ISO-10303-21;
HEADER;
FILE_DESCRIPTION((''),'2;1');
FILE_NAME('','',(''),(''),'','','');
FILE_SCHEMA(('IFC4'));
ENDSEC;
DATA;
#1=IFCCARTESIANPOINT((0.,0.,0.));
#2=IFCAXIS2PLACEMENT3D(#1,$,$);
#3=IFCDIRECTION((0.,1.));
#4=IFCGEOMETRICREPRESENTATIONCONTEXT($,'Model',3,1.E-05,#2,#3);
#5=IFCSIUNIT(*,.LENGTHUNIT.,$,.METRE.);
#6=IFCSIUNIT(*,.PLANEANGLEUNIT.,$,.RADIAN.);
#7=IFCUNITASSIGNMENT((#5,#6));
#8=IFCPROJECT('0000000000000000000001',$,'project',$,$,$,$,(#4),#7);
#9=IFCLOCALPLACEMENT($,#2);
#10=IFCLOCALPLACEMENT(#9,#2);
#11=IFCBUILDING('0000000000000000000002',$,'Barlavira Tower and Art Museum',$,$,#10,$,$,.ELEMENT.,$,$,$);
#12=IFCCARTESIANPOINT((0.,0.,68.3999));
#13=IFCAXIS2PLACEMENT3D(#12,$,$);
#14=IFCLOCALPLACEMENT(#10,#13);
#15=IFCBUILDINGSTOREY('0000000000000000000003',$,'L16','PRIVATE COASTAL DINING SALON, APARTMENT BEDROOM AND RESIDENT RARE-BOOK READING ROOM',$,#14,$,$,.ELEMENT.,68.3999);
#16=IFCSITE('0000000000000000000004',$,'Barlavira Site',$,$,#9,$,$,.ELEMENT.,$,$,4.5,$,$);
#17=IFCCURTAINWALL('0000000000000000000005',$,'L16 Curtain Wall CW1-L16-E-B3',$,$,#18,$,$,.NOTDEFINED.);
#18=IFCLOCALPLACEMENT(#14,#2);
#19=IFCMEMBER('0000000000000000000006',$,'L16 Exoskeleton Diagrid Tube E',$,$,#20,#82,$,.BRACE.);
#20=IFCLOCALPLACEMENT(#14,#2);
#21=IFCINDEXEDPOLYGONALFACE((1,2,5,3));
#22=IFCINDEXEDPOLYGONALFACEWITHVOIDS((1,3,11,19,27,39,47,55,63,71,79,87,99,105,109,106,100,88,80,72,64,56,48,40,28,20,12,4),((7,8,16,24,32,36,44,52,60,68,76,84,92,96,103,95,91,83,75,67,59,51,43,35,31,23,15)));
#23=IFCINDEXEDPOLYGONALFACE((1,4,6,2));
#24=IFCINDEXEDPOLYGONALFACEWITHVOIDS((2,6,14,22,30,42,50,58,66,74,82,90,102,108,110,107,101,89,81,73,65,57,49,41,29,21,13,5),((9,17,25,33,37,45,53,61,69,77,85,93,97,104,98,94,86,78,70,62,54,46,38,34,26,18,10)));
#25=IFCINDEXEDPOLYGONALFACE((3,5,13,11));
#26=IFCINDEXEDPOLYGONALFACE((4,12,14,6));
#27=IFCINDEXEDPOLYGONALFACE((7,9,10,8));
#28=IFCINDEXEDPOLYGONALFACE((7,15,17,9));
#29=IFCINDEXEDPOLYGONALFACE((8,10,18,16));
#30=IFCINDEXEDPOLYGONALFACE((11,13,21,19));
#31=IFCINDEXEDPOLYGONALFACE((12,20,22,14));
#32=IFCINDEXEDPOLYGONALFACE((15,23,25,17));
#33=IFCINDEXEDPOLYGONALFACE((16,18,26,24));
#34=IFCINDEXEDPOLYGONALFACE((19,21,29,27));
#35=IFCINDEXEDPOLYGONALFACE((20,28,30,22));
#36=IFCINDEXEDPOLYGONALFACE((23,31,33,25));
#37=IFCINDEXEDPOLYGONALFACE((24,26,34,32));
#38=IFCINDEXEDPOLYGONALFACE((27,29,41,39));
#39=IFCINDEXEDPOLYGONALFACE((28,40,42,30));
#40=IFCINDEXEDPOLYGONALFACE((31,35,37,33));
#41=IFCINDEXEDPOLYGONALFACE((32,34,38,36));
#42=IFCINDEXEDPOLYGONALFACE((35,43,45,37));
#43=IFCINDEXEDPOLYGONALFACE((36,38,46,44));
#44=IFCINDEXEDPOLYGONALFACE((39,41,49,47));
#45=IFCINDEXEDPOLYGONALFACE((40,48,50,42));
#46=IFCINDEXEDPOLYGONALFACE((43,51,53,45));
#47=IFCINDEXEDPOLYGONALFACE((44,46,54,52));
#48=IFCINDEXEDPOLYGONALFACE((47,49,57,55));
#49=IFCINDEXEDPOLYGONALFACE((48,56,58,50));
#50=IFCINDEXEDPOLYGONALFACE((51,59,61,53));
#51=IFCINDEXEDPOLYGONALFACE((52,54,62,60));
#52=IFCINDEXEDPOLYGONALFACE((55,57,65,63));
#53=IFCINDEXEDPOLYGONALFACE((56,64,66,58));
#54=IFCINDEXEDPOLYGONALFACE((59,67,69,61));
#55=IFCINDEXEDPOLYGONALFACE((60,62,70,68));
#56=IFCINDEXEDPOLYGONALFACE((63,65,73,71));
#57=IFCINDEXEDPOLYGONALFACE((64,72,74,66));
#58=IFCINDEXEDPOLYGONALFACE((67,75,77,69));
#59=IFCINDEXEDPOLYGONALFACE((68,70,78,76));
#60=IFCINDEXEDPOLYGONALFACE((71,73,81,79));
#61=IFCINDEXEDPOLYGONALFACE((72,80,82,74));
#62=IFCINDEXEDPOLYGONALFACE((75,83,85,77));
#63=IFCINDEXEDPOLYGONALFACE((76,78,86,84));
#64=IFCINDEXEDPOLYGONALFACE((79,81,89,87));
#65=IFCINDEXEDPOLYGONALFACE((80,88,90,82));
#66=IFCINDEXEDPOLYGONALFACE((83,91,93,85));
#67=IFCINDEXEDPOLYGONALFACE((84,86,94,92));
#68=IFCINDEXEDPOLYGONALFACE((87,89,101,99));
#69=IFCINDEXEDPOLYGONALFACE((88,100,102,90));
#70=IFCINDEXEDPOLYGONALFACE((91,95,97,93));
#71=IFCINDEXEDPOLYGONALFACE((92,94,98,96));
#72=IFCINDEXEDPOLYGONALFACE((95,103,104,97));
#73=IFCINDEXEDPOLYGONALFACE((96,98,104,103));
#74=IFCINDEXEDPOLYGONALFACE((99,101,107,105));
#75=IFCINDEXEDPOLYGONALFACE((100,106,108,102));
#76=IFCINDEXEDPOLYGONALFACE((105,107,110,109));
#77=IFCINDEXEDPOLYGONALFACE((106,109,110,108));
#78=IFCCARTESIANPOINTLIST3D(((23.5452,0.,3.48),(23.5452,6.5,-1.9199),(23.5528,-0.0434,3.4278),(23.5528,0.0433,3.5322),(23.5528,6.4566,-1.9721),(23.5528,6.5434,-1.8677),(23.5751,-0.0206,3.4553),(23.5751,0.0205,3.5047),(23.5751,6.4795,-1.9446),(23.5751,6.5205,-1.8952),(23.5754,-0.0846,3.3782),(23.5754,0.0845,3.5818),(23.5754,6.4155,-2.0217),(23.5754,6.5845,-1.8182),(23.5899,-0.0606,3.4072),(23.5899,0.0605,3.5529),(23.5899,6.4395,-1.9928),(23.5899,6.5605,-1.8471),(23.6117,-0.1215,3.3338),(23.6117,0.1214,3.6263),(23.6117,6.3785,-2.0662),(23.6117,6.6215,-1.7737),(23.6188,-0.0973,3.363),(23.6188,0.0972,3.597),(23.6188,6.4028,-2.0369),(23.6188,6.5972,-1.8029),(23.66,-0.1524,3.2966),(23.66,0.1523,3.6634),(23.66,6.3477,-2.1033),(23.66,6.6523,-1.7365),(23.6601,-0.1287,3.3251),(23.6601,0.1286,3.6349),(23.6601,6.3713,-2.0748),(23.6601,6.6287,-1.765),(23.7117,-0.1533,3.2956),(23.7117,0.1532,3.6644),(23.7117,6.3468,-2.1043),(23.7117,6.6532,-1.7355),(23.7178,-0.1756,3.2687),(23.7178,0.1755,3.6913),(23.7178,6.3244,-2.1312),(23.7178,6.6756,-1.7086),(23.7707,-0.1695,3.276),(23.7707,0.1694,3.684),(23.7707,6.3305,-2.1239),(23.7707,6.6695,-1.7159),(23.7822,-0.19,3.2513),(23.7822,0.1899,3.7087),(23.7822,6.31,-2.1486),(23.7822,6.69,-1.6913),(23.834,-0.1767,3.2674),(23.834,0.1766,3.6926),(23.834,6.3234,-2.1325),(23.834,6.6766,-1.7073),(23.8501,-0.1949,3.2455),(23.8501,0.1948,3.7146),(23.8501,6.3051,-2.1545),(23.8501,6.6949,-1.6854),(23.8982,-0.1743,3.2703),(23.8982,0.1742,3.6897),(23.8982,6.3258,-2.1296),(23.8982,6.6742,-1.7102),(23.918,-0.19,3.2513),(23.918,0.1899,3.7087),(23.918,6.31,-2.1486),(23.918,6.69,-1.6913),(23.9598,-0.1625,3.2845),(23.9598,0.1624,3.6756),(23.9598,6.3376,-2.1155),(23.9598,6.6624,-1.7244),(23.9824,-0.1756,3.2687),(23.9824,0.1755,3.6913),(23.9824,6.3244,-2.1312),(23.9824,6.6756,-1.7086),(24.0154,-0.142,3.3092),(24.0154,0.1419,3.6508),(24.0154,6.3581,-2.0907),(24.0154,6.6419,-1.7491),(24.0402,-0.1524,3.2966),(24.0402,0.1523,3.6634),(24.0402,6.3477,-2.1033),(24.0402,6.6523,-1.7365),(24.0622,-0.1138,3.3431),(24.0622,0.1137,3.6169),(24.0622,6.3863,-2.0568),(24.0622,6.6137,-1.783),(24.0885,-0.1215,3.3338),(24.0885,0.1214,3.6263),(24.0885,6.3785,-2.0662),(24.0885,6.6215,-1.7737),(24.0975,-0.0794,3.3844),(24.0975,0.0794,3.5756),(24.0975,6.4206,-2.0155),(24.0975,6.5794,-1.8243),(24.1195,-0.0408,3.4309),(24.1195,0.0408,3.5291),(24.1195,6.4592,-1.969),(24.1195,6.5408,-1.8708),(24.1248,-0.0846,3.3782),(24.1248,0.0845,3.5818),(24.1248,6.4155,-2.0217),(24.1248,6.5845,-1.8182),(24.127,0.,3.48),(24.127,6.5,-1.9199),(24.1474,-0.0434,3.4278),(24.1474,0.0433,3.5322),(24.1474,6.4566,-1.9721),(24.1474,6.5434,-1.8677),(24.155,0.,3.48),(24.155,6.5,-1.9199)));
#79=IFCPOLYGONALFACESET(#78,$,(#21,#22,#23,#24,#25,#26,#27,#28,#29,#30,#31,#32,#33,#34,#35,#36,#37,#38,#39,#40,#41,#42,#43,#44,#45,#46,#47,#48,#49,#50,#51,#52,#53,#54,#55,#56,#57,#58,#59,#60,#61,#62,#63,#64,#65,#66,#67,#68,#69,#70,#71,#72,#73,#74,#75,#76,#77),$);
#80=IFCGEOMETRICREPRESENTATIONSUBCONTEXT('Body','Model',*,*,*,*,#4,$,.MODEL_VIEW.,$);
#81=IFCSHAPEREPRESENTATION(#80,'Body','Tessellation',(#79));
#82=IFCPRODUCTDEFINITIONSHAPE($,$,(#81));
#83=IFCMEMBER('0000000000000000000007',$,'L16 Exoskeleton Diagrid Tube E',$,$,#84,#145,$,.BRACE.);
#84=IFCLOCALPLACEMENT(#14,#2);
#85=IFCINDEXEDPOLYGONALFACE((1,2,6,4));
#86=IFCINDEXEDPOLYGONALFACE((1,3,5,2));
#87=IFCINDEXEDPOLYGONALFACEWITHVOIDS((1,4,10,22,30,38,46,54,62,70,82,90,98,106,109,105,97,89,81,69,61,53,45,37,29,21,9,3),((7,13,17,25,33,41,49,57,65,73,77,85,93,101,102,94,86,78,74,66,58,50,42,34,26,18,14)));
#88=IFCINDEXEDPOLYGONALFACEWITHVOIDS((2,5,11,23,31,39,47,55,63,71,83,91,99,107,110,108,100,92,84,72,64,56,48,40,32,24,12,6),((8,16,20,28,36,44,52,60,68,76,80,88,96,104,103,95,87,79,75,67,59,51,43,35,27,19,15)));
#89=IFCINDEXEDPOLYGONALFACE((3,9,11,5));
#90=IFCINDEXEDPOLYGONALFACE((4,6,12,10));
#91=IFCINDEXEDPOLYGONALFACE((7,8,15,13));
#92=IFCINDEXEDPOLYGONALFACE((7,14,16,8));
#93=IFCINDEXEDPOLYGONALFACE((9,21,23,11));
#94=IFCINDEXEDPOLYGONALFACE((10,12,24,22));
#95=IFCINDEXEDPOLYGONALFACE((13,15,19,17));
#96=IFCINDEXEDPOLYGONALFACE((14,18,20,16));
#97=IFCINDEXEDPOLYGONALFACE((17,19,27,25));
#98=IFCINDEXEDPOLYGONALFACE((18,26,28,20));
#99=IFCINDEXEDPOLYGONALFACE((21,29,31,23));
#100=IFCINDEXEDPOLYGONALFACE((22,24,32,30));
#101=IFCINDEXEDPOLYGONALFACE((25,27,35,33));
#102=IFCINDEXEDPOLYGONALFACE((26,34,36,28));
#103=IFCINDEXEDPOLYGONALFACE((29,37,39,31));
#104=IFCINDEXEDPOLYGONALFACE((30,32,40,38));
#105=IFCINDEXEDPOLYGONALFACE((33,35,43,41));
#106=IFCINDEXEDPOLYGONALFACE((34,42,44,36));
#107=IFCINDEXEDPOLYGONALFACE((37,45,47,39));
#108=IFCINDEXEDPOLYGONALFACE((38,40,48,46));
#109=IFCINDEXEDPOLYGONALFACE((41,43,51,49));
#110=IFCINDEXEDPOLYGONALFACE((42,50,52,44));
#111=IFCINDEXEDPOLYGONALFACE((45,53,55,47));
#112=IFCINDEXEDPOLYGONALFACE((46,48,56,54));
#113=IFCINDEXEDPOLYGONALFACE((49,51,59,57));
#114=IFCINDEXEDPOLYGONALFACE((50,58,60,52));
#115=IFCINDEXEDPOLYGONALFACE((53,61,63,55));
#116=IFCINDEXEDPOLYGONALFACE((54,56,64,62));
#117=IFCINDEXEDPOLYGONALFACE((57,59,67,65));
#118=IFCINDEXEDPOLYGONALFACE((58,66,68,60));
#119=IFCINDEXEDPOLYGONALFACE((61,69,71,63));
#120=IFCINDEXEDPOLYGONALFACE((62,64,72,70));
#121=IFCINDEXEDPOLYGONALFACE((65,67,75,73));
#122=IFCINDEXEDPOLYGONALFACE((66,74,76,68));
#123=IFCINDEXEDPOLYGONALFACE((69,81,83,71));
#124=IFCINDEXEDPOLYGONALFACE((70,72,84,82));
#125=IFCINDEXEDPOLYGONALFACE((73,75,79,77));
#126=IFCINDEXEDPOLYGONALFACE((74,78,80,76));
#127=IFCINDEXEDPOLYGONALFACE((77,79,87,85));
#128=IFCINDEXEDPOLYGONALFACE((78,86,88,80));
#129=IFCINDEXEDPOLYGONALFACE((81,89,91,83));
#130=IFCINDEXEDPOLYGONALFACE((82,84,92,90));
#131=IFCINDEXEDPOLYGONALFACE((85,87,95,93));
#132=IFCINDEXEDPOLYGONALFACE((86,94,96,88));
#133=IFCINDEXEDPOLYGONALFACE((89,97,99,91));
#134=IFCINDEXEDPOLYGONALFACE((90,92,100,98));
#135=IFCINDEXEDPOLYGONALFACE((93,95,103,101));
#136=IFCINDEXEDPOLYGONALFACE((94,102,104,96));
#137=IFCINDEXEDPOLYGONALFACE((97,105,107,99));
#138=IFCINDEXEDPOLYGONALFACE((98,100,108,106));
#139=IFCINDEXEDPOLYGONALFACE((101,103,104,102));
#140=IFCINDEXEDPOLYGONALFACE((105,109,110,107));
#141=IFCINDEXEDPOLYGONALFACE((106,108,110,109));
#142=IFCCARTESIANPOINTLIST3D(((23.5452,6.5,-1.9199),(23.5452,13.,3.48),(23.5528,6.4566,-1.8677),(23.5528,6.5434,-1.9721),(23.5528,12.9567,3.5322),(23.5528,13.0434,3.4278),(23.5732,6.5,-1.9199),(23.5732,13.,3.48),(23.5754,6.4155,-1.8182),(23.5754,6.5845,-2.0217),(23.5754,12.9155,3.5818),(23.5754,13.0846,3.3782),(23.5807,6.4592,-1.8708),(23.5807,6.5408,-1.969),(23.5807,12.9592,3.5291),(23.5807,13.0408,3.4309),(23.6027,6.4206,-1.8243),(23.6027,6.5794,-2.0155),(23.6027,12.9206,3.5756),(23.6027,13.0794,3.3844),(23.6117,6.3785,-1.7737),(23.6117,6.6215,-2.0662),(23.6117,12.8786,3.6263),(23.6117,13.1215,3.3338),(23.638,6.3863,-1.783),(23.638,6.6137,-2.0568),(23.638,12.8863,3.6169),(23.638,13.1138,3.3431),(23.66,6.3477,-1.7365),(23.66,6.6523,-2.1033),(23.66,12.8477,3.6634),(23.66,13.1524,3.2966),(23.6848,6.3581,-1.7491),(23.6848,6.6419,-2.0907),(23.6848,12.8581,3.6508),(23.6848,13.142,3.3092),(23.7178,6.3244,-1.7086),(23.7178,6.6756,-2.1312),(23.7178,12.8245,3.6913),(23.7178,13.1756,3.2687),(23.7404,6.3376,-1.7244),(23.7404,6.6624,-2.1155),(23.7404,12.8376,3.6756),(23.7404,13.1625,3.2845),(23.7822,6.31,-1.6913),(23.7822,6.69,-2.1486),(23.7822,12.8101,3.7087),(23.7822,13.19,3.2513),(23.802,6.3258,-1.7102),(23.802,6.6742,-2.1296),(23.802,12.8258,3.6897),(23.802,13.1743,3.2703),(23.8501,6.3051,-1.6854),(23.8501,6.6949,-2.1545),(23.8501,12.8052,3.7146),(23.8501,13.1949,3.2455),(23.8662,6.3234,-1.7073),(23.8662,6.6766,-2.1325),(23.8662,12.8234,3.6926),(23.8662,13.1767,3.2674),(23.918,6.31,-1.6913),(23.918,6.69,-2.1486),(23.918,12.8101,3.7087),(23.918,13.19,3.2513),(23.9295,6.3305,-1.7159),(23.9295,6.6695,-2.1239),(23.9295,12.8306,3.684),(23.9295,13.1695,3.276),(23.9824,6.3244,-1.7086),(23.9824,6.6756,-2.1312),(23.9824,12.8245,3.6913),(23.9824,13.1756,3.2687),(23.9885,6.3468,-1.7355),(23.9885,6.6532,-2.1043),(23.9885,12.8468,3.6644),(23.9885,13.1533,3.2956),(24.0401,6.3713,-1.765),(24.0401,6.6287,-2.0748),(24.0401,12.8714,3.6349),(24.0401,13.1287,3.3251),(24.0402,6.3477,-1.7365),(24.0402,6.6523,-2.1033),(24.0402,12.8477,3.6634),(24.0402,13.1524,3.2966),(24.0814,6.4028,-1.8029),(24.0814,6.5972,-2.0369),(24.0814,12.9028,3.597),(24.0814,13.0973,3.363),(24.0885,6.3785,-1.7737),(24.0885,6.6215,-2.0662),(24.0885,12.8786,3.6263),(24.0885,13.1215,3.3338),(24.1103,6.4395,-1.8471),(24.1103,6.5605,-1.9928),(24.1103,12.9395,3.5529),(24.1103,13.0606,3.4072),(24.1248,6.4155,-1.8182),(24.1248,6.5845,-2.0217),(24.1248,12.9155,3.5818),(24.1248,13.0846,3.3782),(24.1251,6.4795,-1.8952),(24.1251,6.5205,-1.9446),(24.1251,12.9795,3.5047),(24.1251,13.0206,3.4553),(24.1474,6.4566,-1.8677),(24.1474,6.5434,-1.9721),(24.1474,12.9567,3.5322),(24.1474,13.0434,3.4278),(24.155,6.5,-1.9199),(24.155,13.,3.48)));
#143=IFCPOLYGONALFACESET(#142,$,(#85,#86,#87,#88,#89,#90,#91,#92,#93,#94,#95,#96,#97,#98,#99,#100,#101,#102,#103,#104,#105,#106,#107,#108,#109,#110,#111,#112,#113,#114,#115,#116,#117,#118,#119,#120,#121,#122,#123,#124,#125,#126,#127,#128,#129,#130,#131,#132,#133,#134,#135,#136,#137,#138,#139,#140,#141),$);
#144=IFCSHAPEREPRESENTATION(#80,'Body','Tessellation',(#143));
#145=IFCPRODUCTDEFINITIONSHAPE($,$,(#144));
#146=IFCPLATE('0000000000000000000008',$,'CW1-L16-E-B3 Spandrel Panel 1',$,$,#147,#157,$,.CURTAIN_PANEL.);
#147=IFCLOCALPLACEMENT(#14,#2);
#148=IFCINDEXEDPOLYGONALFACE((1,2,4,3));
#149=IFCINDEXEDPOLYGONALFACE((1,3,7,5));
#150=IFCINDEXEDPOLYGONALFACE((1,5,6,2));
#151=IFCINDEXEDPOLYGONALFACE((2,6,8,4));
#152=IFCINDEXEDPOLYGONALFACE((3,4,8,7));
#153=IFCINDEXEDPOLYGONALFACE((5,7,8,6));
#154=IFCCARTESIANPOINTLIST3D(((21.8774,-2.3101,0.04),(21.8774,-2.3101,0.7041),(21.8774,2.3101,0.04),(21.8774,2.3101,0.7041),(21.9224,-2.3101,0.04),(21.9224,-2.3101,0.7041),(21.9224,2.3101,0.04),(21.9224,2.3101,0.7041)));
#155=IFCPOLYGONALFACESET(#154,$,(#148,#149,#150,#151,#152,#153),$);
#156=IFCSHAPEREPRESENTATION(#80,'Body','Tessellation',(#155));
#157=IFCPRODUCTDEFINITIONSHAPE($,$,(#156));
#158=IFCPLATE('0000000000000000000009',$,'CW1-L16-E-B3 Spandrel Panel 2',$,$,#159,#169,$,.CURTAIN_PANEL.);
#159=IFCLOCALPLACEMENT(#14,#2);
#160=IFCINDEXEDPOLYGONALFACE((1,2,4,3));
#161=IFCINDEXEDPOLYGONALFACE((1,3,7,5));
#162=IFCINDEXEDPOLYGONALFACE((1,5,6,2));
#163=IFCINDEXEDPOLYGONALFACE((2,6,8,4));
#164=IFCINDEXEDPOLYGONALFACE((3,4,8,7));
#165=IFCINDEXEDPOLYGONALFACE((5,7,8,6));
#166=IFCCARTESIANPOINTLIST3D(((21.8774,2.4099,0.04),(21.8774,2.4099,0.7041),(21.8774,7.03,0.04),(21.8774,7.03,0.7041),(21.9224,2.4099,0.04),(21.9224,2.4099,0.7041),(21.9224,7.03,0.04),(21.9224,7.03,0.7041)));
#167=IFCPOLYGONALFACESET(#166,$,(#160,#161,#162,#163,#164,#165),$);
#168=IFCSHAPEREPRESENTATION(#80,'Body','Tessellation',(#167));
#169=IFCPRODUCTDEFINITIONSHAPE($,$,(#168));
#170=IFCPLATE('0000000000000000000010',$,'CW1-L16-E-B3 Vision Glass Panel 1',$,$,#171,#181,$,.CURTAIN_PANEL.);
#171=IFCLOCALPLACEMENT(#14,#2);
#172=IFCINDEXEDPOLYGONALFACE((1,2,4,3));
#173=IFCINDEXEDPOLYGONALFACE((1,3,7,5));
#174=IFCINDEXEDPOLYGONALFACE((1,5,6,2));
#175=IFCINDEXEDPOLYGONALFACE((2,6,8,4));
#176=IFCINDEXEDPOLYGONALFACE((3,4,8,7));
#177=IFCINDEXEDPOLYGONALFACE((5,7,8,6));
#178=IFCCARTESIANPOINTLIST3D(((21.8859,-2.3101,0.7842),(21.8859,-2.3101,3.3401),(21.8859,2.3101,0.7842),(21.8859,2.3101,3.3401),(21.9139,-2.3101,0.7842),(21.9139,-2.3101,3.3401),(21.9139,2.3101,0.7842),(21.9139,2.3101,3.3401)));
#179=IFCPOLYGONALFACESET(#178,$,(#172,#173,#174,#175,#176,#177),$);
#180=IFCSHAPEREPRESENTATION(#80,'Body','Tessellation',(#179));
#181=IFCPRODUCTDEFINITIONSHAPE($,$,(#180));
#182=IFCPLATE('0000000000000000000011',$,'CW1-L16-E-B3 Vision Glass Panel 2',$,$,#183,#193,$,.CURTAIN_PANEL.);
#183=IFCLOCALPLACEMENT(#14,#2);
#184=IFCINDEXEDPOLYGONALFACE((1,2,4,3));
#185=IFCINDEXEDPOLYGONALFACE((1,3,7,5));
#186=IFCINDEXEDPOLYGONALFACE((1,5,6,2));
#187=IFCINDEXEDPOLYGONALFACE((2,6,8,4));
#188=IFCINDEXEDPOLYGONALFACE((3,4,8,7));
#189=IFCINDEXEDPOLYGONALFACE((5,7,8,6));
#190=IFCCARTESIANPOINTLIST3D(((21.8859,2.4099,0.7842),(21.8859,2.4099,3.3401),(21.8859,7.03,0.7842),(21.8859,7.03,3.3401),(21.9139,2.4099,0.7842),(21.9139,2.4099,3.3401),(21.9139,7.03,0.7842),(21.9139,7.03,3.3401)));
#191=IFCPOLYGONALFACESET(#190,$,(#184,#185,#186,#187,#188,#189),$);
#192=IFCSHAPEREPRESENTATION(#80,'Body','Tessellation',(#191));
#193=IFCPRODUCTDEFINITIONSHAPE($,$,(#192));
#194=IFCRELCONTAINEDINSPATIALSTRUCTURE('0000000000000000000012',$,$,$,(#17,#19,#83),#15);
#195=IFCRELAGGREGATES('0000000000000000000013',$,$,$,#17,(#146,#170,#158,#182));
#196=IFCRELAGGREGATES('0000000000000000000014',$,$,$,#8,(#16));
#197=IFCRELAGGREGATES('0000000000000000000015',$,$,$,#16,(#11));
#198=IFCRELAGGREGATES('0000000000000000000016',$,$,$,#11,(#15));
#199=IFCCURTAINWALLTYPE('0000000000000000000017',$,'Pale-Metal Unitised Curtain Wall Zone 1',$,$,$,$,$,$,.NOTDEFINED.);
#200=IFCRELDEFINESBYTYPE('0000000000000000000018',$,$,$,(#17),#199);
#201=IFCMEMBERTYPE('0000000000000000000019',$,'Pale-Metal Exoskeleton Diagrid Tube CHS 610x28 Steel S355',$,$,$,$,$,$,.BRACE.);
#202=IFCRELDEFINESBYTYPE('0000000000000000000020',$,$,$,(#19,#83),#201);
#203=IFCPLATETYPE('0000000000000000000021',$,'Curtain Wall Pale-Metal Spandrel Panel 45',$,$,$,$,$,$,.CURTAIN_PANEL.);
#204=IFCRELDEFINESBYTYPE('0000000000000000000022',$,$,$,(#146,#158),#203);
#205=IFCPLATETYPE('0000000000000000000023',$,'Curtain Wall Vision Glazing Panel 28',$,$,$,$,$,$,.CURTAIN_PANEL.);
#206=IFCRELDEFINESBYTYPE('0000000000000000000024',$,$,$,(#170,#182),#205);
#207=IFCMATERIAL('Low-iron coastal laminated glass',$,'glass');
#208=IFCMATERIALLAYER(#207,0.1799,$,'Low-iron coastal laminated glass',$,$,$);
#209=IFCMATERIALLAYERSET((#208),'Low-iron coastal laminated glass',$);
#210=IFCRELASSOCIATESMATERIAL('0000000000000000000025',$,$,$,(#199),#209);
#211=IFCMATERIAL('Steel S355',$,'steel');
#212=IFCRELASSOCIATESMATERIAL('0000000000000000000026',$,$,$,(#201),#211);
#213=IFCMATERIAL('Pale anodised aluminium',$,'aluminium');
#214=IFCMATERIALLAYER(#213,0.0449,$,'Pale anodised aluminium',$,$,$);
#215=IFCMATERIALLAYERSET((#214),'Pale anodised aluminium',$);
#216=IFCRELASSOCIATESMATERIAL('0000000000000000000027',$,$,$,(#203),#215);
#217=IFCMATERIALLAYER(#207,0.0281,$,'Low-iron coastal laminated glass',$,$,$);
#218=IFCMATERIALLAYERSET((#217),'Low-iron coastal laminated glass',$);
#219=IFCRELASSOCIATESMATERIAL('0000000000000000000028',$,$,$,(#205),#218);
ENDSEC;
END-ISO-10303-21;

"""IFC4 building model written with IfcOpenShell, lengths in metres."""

from ifc_helpers import new_model, si_unit, direction, frame, origin, origin_2d, place, context, subcontext, project, spatial, rectangle, hollow_circle, extrude, material, layer, layer_set, material_profile, profile_set, type_object, element, aggregate, save


model = new_model("IFC4")

# Units and contexts
model_context = context("Model", 3, precision=1e-05, world=origin(), true_north=direction((0.0, 1.0)))
body_context = subcontext(model_context, "Body", "Model", "MODEL_VIEW")
ifc_project = project(units=[si_unit("LENGTHUNIT", "METRE"), si_unit("PLANEANGLEUNIT", "RADIAN")], contexts=[model_context])

# Site, building, storey
site_placement = place(None, origin())
site = spatial("IfcSite", under=ifc_project, at=site_placement, Name="Barlavira Site", CompositionType="ELEMENT", RefElevation=4.5)
building_placement = place(site_placement, origin())
building = spatial("IfcBuilding", under=site, at=building_placement, Name="Barlavira Tower and Art Museum", CompositionType="ELEMENT")
storey_placement = place(building_placement, frame((0.0, 0.0, 68.3999)))
storey = spatial("IfcBuildingStorey", under=building, at=storey_placement, Name="L16", Description="PRIVATE COASTAL DINING SALON, APARTMENT BEDROOM AND RESIDENT RARE-BOOK READING ROOM", CompositionType="ELEMENT", Elevation=68.3999)

# Curtain wall
ifc_material_1 = material(Name="Low-iron coastal laminated glass", Category="glass")
ifc_layer_1 = layer(ifc_material_1, 0.1799, Name="Low-iron coastal laminated glass")
ifc_layer_set_1 = layer_set([ifc_layer_1], Name="Low-iron coastal laminated glass")
curtain_wall_type = type_object("IfcCurtainWallType", Name="Pale-Metal Unitised Curtain Wall Zone 1", PredefinedType="NOTDEFINED", material=ifc_layer_set_1)
curtain_wall_placement = place(storey_placement, origin())
curtain_wall = element("IfcCurtainWall", 1, at=curtain_wall_placement, inside=storey, type_object=curtain_wall_type, Name="L16 Curtain Wall CW1-L16-E-B3", PredefinedType="NOTDEFINED")
ifc_material_2 = material(Name="Pale anodised aluminium", Category="aluminium")

# Members
ifc_material_3 = material(Name="Steel S355", Category="steel")
ifc_material_profile_1 = material_profile(ifc_material_3, hollow_circle(Radius=0.3049, WallThickness=0.0281, at=origin_2d()), Name="CHS 610.0x28.0")
ifc_profile_set_1 = profile_set([ifc_material_profile_1], Name="Steel S355")
member_type_1 = type_object("IfcMemberType", Name="Pale-Metal Exoskeleton Diagrid Tube CHS 610x28 Steel S355", PredefinedType="BRACE", material=ifc_profile_set_1)
for number, where, z_axis, x_axis, name in (
    (2, (23.8501, 6.5, -1.9199), (0.0, -0.769196, 0.639013), (1.0, 0.0, 0.0), "L16 Exoskeleton Diagrid Tube E"),
    (3, (23.8501, 6.5, -1.9199), (0.0, 0.769196, 0.639013), (-1.0, 0.0, 0.0), "L16 Exoskeleton Diagrid Tube E"),
):
    element("IfcMember", number, at=place(storey_placement, frame(where, z_axis=z_axis, x_axis=x_axis)), inside=storey, type_object=member_type_1, Name=name, PredefinedType="BRACE", context=body_context, shape_type="SweptSolid", body=[
        extrude(hollow_circle(Radius=0.3049, WallThickness=0.0281, at=origin_2d()), origin(), (0.0, 0.0, 1.0), 8.4504),
    ])

# Plates
ifc_layer_2 = layer(ifc_material_2, 0.0449, Name="Pale anodised aluminium")
ifc_layer_set_2 = layer_set([ifc_layer_2], Name="Pale anodised aluminium")
plate_type_1 = type_object("IfcPlateType", Name="Curtain Wall Pale-Metal Spandrel Panel 45", PredefinedType="CURTAIN_PANEL", material=ifc_layer_set_2)
plate_1_placement = place(storey_placement, frame((21.8999, 0.0, 0.04), z_axis=(0.0, 0.0, 1.0), x_axis=(0.0, 1.0, 0.0)))
plate_1 = element("IfcPlate", 4, at=plate_1_placement, type_object=plate_type_1, Name="CW1-L16-E-B3 Spandrel Panel 1", PredefinedType="CURTAIN_PANEL", context=body_context, shape_type="SweptSolid", body=[
    extrude(rectangle(XDim=4.6201, YDim=0.0449, at=origin_2d()), origin(), (0.0, 0.0, 1.0), 0.6641),
])
plate_2_placement = place(storey_placement, frame((21.8999, 4.72, 0.04), z_axis=(0.0, 0.0, 1.0), x_axis=(0.0, 1.0, 0.0)))
plate_2 = element("IfcPlate", 5, at=plate_2_placement, type_object=plate_type_1, Name="CW1-L16-E-B3 Spandrel Panel 2", PredefinedType="CURTAIN_PANEL", context=body_context, shape_type="SweptSolid", body=[
    extrude(rectangle(XDim=4.6201, YDim=0.0449, at=origin_2d()), origin(), (0.0, 0.0, 1.0), 0.6641),
])
ifc_layer_3 = layer(ifc_material_1, 0.0281, Name="Low-iron coastal laminated glass")
ifc_layer_set_3 = layer_set([ifc_layer_3], Name="Low-iron coastal laminated glass")
plate_type_2 = type_object("IfcPlateType", Name="Curtain Wall Vision Glazing Panel 28", PredefinedType="CURTAIN_PANEL", material=ifc_layer_set_3)
plate_3_placement = place(storey_placement, frame((21.8999, 0.0, 0.7842), z_axis=(0.0, 0.0, 1.0), x_axis=(0.0, 1.0, 0.0)))
plate_3 = element("IfcPlate", 6, at=plate_3_placement, type_object=plate_type_2, Name="CW1-L16-E-B3 Vision Glass Panel 1", PredefinedType="CURTAIN_PANEL", context=body_context, shape_type="SweptSolid", body=[
    extrude(rectangle(XDim=4.6201, YDim=0.0281, at=origin_2d()), origin(), (0.0, 0.0, 1.0), 2.5559),
])
plate_4_placement = place(storey_placement, frame((21.8999, 4.72, 0.7842), z_axis=(0.0, 0.0, 1.0), x_axis=(0.0, 1.0, 0.0)))
plate_4 = element("IfcPlate", 7, at=plate_4_placement, type_object=plate_type_2, Name="CW1-L16-E-B3 Vision Glass Panel 2", PredefinedType="CURTAIN_PANEL", context=body_context, shape_type="SweptSolid", body=[
    extrude(rectangle(XDim=4.6201, YDim=0.0281, at=origin_2d()), origin(), (0.0, 0.0, 1.0), 2.5559),
])
aggregate(curtain_wall, [plate_1, plate_3, plate_2, plate_4])

save(model, "model.ifc")
